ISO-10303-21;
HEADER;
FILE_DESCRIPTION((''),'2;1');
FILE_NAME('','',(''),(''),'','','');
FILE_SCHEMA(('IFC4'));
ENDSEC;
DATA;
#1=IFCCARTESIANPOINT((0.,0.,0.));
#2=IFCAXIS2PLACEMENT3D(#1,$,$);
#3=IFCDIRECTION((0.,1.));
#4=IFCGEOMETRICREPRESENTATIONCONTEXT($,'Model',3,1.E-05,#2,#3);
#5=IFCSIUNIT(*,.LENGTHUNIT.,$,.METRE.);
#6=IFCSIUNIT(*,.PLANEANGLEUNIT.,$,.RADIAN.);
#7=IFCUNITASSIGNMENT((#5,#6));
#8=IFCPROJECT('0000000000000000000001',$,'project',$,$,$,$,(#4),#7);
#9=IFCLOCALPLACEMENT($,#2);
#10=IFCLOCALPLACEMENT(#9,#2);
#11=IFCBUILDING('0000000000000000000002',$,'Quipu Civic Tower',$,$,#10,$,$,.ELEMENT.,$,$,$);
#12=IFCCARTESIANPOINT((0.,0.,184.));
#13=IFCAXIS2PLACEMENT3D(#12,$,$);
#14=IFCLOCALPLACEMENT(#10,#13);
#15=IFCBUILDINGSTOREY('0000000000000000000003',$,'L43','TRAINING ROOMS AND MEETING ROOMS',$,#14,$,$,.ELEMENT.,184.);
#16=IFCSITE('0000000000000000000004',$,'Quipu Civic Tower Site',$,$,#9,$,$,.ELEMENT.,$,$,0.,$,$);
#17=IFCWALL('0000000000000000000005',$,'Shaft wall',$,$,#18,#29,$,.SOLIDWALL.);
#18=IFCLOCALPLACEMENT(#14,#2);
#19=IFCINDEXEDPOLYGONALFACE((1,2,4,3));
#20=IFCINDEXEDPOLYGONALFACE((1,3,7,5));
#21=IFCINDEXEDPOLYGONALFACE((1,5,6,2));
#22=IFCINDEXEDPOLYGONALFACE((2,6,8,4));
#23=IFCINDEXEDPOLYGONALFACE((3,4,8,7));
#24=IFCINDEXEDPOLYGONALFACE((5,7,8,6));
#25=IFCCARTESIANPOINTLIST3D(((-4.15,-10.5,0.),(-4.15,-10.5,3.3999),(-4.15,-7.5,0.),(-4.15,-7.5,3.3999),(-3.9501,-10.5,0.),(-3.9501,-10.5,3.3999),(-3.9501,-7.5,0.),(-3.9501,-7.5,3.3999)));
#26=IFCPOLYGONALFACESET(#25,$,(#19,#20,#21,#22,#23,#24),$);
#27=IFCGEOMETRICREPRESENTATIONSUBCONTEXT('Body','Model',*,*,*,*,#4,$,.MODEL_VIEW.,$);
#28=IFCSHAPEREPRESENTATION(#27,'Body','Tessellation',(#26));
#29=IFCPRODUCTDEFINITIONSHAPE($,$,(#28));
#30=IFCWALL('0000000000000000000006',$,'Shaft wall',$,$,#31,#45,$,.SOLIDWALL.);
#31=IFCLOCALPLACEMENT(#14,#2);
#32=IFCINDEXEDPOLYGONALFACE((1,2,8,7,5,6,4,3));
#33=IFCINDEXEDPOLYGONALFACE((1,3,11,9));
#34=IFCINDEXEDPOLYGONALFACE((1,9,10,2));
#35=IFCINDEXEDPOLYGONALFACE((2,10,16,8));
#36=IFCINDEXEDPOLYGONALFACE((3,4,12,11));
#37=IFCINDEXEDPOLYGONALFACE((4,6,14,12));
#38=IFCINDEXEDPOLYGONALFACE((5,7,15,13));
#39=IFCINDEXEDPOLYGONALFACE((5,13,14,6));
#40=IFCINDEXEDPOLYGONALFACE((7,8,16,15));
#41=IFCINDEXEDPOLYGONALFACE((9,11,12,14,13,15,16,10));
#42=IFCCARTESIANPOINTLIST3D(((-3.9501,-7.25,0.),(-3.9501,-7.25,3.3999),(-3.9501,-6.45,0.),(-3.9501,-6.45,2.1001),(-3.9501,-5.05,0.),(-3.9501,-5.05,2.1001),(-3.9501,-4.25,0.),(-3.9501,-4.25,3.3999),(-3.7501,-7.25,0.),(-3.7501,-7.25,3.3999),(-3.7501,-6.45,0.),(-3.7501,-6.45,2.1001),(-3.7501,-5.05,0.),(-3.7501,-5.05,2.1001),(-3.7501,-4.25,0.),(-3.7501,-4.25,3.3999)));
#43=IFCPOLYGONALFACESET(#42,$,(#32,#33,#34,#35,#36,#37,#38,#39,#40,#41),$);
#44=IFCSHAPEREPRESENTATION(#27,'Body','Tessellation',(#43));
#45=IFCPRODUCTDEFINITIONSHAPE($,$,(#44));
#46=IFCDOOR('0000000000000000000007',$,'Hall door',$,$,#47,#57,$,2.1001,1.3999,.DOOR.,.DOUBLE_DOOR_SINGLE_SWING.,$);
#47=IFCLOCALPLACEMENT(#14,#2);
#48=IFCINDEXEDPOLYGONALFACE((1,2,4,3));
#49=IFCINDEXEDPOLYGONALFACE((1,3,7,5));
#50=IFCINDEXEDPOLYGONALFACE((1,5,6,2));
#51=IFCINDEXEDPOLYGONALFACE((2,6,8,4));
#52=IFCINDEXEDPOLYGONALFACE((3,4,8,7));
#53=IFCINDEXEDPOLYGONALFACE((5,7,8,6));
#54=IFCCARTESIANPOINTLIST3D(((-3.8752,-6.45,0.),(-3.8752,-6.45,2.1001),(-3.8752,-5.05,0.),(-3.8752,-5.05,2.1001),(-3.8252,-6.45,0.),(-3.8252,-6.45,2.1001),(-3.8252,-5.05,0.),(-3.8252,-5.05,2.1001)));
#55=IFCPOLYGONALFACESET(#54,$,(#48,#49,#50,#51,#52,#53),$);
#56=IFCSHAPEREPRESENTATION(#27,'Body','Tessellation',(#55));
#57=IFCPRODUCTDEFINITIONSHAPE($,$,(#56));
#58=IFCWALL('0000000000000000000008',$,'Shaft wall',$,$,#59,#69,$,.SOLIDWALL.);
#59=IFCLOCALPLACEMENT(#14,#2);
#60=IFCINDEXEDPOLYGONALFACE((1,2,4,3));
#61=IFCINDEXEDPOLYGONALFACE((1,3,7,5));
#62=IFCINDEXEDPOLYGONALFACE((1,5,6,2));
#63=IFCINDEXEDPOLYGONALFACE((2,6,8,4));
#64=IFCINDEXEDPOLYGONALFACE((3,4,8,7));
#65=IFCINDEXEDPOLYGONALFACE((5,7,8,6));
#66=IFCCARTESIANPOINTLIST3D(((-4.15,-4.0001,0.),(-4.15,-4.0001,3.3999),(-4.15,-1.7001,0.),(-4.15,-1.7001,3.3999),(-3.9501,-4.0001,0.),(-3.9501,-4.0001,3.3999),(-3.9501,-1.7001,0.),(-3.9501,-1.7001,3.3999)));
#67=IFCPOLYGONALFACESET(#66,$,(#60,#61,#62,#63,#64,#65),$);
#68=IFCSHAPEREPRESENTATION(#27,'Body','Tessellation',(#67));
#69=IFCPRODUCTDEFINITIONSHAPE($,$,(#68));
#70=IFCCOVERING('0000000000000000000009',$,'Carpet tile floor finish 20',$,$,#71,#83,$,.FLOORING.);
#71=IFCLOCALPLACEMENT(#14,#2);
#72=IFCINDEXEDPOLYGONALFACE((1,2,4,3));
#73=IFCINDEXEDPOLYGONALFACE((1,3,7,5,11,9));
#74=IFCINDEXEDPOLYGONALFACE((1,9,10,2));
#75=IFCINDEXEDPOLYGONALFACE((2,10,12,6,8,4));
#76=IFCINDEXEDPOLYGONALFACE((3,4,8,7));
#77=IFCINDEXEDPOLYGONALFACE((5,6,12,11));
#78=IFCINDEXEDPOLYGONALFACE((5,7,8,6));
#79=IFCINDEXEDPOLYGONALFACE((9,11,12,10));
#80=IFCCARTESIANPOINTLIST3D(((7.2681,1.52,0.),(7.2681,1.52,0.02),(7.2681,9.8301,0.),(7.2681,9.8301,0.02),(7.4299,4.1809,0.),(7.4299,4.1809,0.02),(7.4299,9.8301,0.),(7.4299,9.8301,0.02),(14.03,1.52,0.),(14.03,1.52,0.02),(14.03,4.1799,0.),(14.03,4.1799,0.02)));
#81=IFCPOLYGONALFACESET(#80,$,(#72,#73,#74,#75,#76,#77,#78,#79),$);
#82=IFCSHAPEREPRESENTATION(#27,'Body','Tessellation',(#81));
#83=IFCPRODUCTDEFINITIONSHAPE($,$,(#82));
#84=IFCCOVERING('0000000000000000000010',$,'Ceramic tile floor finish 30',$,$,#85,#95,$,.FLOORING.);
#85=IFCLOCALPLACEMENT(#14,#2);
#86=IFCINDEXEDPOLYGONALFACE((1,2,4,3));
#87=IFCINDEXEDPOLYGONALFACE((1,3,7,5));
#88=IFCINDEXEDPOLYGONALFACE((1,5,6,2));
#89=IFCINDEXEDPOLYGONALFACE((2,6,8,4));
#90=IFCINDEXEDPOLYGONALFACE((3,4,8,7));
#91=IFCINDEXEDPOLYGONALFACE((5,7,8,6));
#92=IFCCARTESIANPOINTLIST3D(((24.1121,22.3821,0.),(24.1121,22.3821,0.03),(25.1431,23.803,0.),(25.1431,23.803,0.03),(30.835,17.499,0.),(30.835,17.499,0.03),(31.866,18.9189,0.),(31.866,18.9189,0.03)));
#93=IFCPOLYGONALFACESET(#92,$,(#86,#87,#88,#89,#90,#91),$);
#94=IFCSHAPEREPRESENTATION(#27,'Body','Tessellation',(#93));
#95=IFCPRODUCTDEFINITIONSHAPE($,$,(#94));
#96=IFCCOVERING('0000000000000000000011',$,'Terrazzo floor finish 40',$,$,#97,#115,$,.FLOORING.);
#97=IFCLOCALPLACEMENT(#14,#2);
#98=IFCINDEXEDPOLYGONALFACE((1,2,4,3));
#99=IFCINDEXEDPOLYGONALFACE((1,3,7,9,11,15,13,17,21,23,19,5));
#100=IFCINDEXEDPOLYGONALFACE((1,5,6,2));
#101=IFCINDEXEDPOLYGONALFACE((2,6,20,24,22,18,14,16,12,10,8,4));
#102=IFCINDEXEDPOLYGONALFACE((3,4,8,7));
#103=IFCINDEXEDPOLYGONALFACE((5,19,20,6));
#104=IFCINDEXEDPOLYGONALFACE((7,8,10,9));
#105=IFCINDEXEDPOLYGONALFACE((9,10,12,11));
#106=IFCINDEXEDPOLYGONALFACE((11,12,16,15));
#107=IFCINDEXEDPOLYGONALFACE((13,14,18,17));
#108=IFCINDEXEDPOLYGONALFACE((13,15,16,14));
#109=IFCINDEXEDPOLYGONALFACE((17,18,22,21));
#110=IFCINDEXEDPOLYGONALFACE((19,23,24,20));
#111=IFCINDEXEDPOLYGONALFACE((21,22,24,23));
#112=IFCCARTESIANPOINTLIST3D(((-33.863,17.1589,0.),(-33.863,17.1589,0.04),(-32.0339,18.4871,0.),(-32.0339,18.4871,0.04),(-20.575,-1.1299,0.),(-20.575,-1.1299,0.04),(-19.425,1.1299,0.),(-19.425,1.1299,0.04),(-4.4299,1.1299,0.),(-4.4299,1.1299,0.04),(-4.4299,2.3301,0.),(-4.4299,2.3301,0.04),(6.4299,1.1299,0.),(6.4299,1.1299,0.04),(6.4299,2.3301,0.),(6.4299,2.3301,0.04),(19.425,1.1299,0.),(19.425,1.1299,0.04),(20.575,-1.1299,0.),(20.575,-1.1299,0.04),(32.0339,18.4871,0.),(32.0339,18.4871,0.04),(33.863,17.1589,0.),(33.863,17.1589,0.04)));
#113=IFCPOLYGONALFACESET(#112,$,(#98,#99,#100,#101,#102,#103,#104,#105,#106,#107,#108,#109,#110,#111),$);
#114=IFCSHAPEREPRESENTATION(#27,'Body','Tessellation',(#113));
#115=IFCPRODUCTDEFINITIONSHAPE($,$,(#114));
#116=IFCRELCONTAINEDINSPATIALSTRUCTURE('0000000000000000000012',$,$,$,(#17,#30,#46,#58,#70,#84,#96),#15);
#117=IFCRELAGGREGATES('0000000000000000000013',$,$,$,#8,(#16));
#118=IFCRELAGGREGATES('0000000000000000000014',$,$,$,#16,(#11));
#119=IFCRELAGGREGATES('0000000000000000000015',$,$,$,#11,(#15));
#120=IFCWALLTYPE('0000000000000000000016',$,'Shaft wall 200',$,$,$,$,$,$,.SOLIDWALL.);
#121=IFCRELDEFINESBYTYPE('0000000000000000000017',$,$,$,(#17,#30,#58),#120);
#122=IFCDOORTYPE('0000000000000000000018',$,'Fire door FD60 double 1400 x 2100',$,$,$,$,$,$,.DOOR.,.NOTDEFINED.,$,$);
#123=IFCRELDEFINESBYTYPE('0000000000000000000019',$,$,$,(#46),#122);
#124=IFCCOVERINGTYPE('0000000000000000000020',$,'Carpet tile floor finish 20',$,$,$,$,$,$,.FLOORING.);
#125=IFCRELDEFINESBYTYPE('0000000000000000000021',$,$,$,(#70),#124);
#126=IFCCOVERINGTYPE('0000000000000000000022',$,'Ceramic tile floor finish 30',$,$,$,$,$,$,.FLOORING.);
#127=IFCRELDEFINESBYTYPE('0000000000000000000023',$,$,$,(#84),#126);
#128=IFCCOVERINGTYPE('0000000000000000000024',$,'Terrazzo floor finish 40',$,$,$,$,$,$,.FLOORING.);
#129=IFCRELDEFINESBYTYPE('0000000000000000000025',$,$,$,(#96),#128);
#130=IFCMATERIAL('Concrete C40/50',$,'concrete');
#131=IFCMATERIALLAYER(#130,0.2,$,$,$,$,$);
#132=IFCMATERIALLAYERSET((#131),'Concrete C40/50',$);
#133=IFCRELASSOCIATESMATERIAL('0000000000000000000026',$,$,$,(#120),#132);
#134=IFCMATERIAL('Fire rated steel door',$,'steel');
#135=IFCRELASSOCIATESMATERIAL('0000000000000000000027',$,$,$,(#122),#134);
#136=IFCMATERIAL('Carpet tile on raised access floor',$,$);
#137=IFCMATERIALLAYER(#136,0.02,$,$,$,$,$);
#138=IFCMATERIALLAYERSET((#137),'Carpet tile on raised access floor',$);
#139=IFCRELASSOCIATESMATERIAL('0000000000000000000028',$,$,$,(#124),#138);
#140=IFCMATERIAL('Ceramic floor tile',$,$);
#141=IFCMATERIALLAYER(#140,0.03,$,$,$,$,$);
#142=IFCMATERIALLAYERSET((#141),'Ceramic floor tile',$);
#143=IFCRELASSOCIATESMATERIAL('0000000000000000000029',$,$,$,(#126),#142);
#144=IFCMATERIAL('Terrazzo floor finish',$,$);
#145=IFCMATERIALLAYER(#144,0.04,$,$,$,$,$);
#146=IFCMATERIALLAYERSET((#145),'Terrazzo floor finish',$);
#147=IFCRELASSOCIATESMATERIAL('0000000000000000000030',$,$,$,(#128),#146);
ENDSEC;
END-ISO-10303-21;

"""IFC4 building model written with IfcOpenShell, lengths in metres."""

from ifc_helpers import new_model, si_unit, direction, frame, frame_2d, origin, place, context, subcontext, project, spatial, polyline, rectangle, outline, extrude, material, layer, layer_set, type_object, element, fill, save


model = new_model("IFC4")

# Units and contexts
model_context = context("Model", 3, precision=1e-05, world=origin(), true_north=direction((0.0, 1.0)))
body_context = subcontext(model_context, "Body", "Model", "MODEL_VIEW")
ifc_project = project(units=[si_unit("LENGTHUNIT", "METRE"), si_unit("PLANEANGLEUNIT", "RADIAN")], contexts=[model_context])

# Site, building, storey
site_placement = place(None, origin())
site = spatial("IfcSite", under=ifc_project, at=site_placement, Name="Quipu Civic Tower Site", CompositionType="ELEMENT", RefElevation=0.0)
building_placement = place(site_placement, origin())
building = spatial("IfcBuilding", under=site, at=building_placement, Name="Quipu Civic Tower", CompositionType="ELEMENT")
storey_placement = place(building_placement, frame((0.0, 0.0, 184.0)))
storey = spatial("IfcBuildingStorey", under=building, at=storey_placement, Name="L43", Description="TRAINING ROOMS AND MEETING ROOMS", CompositionType="ELEMENT", Elevation=184.0)

# Wall
ifc_material_1 = material(Name="Concrete C40/50", Category="concrete")
ifc_layer_1 = layer(ifc_material_1, 0.2)
ifc_layer_set_1 = layer_set([ifc_layer_1], Name="Concrete C40/50")
wall_type_1 = type_object("IfcWallType", Name="Shaft wall 200", PredefinedType="SOLIDWALL", material=ifc_layer_set_1)
wall_1_placement = place(storey_placement, frame((-4.05, -10.5, 0.0), z_axis=(0.0, 0.0, 1.0), x_axis=(0.0, 1.0, 0.0)))
element("IfcWall", 1, at=wall_1_placement, inside=storey, type_object=wall_type_1, Name="Shaft wall", PredefinedType="SOLIDWALL", context=body_context, shape_type="SweptSolid", body=[
    extrude(rectangle(XDim=3.0, YDim=0.2, at=frame_2d((1.5, 0.0))), origin(), (0.0, 0.0, 1.0), 3.3999),
])

# Wall, opening, door
wall_2_placement = place(storey_placement, frame((-3.8501, -4.25, 0.0), z_axis=(0.0, 0.0, 1.0), x_axis=(0.0, -1.0, 0.0)))
wall_2 = element("IfcWall", 2, at=wall_2_placement, inside=storey, type_object=wall_type_1, Name="Shaft wall", PredefinedType="SOLIDWALL", context=body_context, shape_type="SweptSolid", body=[
    extrude(rectangle(XDim=3.0, YDim=0.2, at=frame_2d((1.5, 0.0))), origin(), (0.0, 0.0, 1.0), 3.3999),
])
opening_1_placement = place(wall_2_placement, frame((0.8, 0.0, 0.0)))
opening_1 = element("IfcOpeningElement", 3, at=opening_1_placement, cuts=wall_2, PredefinedType="OPENING", context=body_context, shape_type="SweptSolid", body=[
    extrude(rectangle(XDim=1.3999, YDim=2.1001, at=frame_2d((0.7, 1.05))), frame((0.0, 0.1099, 0.0), z_axis=(0.0, -1.0, 0.0), x_axis=(1.0, 0.0, 0.0)), (0.0, 0.0, 1.0), 0.22),
])
ifc_material_2 = material(Name="Fire rated steel door", Category="steel")
door_type_1 = type_object("IfcDoorType", Name="Fire door FD60 double 1400 x 2100", OperationType="NOTDEFINED", PredefinedType="DOOR", material=ifc_material_2)
door_1_placement = place(opening_1_placement, origin())
door_1 = element("IfcDoor", 4, at=door_1_placement, inside=storey, type_object=door_type_1, Name="Hall door", OperationType="DOUBLE_DOOR_SINGLE_SWING", OverallHeight=2.1001, OverallWidth=1.3999, PredefinedType="DOOR", context=body_context, shape_type="SweptSolid", body=[
    extrude(rectangle(XDim=1.3999, YDim=2.1001, at=frame_2d((0.7, 1.05))), frame((0.0, 0.0249, 0.0), z_axis=(0.0, -1.0, 0.0), x_axis=(1.0, 0.0, 0.0)), (0.0, 0.0, 1.0), 0.05),
])
fill(opening_1, door_1)

# Wall
wall_3_placement = place(storey_placement, frame((-4.05, -4.0, 0.0), z_axis=(0.0, 0.0, 1.0), x_axis=(0.0, 1.0, 0.0)))
element("IfcWall", 5, at=wall_3_placement, inside=storey, type_object=wall_type_1, Name="Shaft wall", PredefinedType="SOLIDWALL", context=body_context, shape_type="SweptSolid", body=[
    extrude(rectangle(XDim=2.3, YDim=0.2, at=frame_2d((1.1499, 0.0))), origin(), (0.0, 0.0, 1.0), 3.3999),
])

# Coverings
ifc_material_3 = material(Name="Carpet tile on raised access floor")
ifc_layer_2 = layer(ifc_material_3, 0.02)
ifc_layer_set_2 = layer_set([ifc_layer_2], Name="Carpet tile on raised access floor")
covering_type_1 = type_object("IfcCoveringType", Name="Carpet tile floor finish 20", PredefinedType="FLOORING", material=ifc_layer_set_2)
covering_1_placement = place(storey_placement, origin())
element("IfcCovering", 6, at=covering_1_placement, inside=storey, type_object=covering_type_1, Name="Carpet tile floor finish 20", PredefinedType="FLOORING", context=body_context, shape_type="SweptSolid", body=[
    extrude(outline(polyline([(7.2681, 1.52), (7.2681, 9.8301), (7.4299, 9.8301), (7.4299, 4.1809), (14.03, 4.1799), (14.03, 1.52), (7.2681, 1.52)])), origin(), (0.0, 0.0, 1.0), 0.02),
])
ifc_material_4 = material(Name="Ceramic floor tile")
ifc_layer_3 = layer(ifc_material_4, 0.03)
ifc_layer_set_3 = layer_set([ifc_layer_3], Name="Ceramic floor tile")
covering_type_2 = type_object("IfcCoveringType", Name="Ceramic tile floor finish 30", PredefinedType="FLOORING", material=ifc_layer_set_3)
covering_2_placement = place(storey_placement, origin())
element("IfcCovering", 7, at=covering_2_placement, inside=storey, type_object=covering_type_2, Name="Ceramic tile floor finish 30", PredefinedType="FLOORING", context=body_context, shape_type="SweptSolid", body=[
    extrude(outline(polyline([(24.1121, 22.3821), (25.1431, 23.803), (31.866, 18.9189), (30.835, 17.499), (24.1121, 22.3821)])), origin(), (0.0, 0.0, 1.0), 0.03),
])
ifc_material_5 = material(Name="Terrazzo floor finish")
ifc_layer_4 = layer(ifc_material_5, 0.04)
ifc_layer_set_4 = layer_set([ifc_layer_4], Name="Terrazzo floor finish")
covering_type_3 = type_object("IfcCoveringType", Name="Terrazzo floor finish 40", PredefinedType="FLOORING", material=ifc_layer_set_4)
covering_3_placement = place(storey_placement, origin())
element("IfcCovering", 8, at=covering_3_placement, inside=storey, type_object=covering_type_3, Name="Terrazzo floor finish 40", PredefinedType="FLOORING", context=body_context, shape_type="SweptSolid", body=[
    extrude(outline(polyline([(19.425, 1.1299), (32.0339, 18.4871), (33.863, 17.1589), (20.575, -1.1299), (-20.575, -1.1299), (-33.863, 17.1589), (-32.0339, 18.4871), (-19.425, 1.1299), (-4.4299, 1.1299), (-4.4299, 2.3301), (6.4299, 2.3301), (6.4299, 1.1299), (19.425, 1.1299)])), origin(), (0.0, 0.0, 1.0), 0.04),
])

save(model, "model.ifc")
